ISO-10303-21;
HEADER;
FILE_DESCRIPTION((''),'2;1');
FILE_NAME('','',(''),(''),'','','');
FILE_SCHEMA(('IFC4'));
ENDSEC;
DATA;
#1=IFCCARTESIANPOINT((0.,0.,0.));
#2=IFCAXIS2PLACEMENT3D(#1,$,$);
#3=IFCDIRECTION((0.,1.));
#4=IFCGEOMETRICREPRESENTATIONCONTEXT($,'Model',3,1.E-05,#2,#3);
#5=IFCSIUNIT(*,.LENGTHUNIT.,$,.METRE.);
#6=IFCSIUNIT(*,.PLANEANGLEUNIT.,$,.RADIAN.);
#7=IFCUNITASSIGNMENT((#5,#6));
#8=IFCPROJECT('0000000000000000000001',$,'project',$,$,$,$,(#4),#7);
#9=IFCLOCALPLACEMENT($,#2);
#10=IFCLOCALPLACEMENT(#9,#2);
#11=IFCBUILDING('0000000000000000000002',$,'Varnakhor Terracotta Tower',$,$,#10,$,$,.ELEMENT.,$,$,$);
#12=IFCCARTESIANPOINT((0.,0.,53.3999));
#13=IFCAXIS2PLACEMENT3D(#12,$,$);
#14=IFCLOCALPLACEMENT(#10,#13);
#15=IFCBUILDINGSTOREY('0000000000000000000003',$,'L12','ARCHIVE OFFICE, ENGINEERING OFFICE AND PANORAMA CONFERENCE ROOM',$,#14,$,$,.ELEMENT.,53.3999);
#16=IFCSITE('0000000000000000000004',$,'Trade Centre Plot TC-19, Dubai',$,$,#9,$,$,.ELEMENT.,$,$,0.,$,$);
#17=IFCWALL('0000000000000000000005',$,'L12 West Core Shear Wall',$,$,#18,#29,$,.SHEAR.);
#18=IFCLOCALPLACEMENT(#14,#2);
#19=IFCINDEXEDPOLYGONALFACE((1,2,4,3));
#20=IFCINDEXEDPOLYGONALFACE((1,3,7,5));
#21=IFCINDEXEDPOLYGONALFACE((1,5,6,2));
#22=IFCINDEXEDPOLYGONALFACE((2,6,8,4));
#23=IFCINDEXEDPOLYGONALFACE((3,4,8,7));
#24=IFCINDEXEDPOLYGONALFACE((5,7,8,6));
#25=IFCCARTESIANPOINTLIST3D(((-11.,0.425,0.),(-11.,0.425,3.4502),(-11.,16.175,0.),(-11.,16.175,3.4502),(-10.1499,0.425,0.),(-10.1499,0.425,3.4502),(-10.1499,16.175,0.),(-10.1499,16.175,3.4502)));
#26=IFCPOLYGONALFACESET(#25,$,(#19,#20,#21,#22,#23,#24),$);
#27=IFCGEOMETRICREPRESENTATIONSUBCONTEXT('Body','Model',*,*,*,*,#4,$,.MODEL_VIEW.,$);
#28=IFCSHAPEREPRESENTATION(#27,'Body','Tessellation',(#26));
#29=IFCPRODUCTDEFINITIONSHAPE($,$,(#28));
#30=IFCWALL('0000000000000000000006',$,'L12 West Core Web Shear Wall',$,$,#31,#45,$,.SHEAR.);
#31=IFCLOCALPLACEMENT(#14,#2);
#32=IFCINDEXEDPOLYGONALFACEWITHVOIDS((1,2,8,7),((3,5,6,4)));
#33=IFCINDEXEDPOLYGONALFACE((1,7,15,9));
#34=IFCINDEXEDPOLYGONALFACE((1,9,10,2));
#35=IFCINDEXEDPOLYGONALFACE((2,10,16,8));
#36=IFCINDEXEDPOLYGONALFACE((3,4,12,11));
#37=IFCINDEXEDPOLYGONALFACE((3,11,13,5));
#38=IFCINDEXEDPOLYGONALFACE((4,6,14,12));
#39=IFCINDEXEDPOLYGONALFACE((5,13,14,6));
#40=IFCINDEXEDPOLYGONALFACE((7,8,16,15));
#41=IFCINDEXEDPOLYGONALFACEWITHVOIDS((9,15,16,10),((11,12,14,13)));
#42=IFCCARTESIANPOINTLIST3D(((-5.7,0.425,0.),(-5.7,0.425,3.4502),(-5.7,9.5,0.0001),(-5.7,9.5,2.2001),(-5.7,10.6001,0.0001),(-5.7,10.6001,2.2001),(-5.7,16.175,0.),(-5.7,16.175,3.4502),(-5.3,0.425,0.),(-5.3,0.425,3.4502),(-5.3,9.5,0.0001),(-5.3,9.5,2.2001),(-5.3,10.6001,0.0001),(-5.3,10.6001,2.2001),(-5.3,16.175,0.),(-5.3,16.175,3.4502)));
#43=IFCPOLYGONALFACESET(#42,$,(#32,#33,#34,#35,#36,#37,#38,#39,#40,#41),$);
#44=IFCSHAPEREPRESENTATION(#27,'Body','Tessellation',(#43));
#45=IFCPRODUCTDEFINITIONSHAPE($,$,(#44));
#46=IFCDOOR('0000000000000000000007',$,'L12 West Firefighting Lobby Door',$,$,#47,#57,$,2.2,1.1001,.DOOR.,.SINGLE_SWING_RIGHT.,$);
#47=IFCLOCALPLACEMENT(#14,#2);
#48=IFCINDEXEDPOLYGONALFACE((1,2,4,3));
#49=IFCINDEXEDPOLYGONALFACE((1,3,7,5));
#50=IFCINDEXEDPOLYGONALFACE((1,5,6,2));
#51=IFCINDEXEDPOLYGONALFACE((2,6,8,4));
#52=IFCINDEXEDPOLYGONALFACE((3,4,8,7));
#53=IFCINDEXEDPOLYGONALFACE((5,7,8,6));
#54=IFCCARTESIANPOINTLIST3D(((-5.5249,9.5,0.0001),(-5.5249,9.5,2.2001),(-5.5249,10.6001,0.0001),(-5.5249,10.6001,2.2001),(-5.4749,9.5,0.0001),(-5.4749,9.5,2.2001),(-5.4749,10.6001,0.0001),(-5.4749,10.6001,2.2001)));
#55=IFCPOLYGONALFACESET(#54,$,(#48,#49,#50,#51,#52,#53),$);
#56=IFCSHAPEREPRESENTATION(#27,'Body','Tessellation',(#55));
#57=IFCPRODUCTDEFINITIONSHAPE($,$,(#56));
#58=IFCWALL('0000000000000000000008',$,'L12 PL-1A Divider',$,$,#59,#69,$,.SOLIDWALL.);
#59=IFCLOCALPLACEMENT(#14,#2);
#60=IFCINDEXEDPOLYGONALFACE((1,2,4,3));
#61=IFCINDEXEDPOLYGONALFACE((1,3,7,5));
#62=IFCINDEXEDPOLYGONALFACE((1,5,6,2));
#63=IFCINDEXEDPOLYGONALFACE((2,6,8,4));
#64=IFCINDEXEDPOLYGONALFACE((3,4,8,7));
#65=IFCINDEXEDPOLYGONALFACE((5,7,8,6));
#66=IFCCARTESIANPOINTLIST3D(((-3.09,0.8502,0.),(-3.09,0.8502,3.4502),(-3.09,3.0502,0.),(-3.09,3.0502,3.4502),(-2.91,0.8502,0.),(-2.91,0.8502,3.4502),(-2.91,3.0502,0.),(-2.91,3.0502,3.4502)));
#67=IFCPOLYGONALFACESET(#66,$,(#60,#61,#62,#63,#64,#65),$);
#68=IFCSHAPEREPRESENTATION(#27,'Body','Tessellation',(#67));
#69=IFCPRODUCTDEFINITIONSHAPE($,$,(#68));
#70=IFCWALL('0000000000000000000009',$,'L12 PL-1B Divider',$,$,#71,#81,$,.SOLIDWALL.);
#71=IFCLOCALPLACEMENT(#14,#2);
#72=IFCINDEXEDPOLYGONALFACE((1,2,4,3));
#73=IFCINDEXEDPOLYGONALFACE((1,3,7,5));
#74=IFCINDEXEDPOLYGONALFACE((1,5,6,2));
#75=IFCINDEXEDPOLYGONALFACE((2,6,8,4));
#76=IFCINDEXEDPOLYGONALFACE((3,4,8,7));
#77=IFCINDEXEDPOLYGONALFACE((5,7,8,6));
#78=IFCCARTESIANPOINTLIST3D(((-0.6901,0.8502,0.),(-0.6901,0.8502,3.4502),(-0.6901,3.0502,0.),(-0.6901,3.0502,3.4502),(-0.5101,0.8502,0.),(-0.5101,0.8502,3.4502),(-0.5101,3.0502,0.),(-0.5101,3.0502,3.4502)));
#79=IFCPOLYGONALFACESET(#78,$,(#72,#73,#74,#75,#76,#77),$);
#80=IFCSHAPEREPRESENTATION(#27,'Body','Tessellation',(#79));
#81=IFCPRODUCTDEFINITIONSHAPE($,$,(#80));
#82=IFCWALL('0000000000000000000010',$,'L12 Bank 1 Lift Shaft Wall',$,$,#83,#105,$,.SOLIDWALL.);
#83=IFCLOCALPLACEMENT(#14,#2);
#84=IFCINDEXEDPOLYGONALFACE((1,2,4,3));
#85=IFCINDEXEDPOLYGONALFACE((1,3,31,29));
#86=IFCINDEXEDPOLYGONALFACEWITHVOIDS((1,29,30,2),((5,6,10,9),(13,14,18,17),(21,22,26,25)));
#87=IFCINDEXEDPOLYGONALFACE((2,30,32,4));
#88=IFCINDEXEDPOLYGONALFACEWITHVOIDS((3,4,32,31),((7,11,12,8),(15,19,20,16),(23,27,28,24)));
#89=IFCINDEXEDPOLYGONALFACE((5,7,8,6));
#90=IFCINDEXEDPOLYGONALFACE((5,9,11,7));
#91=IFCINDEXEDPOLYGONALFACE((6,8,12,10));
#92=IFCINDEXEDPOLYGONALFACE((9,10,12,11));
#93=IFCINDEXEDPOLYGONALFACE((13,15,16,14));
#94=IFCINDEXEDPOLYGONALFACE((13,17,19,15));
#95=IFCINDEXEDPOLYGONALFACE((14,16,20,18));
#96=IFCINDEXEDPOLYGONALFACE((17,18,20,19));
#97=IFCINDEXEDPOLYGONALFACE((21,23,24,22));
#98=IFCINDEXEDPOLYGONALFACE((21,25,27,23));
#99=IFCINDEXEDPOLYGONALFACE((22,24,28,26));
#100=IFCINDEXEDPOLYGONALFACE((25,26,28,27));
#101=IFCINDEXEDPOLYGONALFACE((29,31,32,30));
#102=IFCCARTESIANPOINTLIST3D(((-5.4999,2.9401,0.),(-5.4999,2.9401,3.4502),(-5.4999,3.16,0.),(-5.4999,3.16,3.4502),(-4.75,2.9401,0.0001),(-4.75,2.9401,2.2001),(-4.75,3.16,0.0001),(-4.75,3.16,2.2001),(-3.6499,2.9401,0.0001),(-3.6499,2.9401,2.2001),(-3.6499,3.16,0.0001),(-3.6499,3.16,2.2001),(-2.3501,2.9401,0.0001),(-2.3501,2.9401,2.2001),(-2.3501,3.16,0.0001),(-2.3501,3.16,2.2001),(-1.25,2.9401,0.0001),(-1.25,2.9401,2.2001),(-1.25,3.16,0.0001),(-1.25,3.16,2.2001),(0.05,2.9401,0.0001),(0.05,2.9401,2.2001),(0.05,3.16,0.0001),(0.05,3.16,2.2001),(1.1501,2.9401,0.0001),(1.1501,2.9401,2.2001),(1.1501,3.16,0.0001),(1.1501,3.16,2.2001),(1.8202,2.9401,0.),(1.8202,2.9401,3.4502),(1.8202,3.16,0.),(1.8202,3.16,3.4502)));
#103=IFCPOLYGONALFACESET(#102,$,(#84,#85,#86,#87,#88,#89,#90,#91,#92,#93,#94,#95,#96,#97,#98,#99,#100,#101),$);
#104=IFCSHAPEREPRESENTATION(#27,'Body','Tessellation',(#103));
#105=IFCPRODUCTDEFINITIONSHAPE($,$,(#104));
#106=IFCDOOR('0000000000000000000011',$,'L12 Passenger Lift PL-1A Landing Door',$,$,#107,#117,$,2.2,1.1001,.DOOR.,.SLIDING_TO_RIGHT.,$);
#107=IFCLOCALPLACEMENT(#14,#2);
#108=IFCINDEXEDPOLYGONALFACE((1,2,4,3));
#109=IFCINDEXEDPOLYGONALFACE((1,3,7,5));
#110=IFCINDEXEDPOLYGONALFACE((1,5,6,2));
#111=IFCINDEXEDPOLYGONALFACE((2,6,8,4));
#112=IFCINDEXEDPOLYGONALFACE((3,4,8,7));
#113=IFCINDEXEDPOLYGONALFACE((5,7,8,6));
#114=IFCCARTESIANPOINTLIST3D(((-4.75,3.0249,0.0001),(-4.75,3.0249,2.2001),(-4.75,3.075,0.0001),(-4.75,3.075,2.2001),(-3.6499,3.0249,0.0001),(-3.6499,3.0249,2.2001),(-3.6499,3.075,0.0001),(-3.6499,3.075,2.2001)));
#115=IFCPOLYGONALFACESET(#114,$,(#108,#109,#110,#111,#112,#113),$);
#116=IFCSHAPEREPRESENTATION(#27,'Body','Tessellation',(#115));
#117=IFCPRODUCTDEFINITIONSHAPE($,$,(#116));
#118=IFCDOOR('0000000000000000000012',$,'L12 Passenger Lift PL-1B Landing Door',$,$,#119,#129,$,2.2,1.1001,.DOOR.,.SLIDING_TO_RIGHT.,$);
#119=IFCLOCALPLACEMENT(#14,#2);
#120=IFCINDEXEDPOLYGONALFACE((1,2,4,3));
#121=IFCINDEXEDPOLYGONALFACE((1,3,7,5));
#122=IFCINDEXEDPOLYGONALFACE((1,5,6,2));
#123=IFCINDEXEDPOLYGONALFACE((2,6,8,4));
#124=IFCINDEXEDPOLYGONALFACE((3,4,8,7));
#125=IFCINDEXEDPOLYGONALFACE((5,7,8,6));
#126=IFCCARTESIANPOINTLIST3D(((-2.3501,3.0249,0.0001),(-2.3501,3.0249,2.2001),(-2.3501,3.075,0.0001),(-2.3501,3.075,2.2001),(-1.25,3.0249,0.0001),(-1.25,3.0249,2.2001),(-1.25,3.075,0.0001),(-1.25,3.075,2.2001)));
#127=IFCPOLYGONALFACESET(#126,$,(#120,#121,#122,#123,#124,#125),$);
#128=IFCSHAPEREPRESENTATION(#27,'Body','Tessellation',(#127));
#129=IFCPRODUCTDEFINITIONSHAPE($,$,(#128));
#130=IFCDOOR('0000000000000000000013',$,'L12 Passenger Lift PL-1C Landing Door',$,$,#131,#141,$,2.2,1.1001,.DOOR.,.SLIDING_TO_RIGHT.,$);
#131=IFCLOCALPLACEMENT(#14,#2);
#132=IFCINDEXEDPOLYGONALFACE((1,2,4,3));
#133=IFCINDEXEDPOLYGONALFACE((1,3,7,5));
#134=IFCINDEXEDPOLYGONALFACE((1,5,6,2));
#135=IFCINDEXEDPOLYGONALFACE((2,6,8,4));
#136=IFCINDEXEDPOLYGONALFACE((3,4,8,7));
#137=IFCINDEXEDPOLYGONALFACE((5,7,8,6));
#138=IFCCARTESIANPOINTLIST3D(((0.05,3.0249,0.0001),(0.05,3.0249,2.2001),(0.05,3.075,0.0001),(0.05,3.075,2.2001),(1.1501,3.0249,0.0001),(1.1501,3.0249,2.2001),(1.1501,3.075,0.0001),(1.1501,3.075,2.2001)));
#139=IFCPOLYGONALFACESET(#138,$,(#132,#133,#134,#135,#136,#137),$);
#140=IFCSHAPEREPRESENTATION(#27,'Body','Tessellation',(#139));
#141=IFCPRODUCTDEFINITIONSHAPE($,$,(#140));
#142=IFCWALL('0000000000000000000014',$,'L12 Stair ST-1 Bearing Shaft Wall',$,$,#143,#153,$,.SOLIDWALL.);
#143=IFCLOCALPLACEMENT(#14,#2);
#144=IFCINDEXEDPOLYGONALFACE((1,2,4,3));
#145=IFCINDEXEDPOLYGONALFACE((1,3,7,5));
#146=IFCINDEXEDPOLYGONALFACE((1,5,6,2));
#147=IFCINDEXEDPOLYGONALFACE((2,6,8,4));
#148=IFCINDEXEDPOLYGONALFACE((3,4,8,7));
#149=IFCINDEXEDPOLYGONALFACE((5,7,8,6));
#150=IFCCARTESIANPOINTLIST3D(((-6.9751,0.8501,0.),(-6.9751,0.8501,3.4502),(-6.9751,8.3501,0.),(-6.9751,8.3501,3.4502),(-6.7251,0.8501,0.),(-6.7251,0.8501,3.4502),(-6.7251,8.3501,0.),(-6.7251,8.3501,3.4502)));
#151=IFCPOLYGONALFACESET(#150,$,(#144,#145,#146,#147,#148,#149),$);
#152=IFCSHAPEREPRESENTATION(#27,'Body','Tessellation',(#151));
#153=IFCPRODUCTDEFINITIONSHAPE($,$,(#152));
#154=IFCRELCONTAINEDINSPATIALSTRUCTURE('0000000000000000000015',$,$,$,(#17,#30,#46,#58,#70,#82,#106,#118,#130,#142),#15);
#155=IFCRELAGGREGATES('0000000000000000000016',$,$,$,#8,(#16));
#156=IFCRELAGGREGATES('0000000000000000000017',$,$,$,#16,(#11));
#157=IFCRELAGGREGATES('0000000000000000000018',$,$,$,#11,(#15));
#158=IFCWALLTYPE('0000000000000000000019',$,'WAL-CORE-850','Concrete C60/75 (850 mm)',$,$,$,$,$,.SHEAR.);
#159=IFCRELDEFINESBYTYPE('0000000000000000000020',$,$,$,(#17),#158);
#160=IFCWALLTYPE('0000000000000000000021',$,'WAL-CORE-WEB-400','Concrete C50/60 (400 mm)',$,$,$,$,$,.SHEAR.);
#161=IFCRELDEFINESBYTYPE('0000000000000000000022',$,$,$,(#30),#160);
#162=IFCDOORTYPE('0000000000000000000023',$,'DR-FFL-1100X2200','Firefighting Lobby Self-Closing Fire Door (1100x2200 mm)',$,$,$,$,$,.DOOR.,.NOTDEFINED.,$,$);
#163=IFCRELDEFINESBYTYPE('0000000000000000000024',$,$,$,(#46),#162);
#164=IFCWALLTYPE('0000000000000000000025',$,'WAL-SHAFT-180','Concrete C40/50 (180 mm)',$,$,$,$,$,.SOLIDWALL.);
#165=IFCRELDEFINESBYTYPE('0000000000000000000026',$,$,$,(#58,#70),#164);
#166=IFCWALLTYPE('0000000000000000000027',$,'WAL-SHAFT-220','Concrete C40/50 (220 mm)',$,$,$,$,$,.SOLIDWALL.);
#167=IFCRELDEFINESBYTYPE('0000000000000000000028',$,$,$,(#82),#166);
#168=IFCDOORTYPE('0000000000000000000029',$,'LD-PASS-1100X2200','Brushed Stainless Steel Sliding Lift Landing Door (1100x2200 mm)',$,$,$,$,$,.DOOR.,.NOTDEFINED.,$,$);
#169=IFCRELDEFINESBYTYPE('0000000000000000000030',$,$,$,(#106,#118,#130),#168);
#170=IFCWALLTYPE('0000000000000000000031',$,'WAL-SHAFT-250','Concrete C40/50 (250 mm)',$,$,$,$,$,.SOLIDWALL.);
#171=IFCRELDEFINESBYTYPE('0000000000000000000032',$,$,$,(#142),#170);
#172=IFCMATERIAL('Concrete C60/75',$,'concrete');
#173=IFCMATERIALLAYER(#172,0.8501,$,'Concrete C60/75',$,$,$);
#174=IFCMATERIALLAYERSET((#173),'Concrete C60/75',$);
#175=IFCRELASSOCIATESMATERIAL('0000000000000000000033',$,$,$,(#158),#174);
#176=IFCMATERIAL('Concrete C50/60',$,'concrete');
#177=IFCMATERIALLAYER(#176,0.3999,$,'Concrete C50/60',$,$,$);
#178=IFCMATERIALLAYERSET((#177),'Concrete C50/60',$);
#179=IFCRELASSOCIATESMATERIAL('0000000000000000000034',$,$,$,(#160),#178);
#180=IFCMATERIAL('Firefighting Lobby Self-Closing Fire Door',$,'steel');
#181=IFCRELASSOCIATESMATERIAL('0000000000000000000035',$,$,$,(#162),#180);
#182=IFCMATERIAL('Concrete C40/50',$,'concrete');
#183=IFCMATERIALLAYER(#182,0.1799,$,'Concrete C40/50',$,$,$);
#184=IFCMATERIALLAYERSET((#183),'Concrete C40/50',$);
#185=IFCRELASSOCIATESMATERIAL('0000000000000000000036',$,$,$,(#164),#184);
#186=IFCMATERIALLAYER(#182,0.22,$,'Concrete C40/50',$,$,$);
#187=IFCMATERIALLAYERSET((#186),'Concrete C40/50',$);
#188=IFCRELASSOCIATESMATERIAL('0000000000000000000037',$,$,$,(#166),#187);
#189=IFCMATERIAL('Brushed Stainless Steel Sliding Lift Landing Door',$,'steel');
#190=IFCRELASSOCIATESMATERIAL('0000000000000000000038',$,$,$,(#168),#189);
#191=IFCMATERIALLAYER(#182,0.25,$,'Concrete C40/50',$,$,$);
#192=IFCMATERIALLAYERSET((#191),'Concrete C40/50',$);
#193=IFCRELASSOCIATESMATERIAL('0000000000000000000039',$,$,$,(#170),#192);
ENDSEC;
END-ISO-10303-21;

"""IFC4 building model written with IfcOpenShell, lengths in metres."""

from ifc_helpers import new_model, si_unit, direction, frame, frame_2d, origin, place, context, subcontext, project, spatial, rectangle, extrude, source, transform, mapped, material, layer, layer_set, type_object, type_shapes, element, fill, save


model = new_model("IFC4")

# Units and contexts
model_context = context("Model", 3, precision=1e-05, world=origin(), true_north=direction((0.0, 1.0)))
body_context = subcontext(model_context, "Body", "Model", "MODEL_VIEW")
ifc_project = project(units=[si_unit("LENGTHUNIT", "METRE"), si_unit("PLANEANGLEUNIT", "RADIAN")], contexts=[model_context])

# Site, building, storey
site_placement = place(None, origin())
site = spatial("IfcSite", under=ifc_project, at=site_placement, Name="Trade Centre Plot TC-19, Dubai", CompositionType="ELEMENT", RefElevation=0.0)
building_placement = place(site_placement, origin())
building = spatial("IfcBuilding", under=site, at=building_placement, Name="Varnakhor Terracotta Tower", CompositionType="ELEMENT")
storey_placement = place(building_placement, frame((0.0, 0.0, 53.3999)))
storey = spatial("IfcBuildingStorey", under=building, at=storey_placement, Name="L12", Description="ARCHIVE OFFICE, ENGINEERING OFFICE AND PANORAMA CONFERENCE ROOM", CompositionType="ELEMENT", Elevation=53.3999)

# Shared definitions
ifc_material_1 = material(Name="Concrete C50/60", Category="concrete")

# Wall
ifc_material_2 = material(Name="Concrete C60/75", Category="concrete")
ifc_layer_1 = layer(ifc_material_2, 0.8501, Name="Concrete C60/75")
ifc_layer_set_1 = layer_set([ifc_layer_1], Name="Concrete C60/75")
wall_type_1 = type_object("IfcWallType", Name="WAL-CORE-850", Description="Concrete C60/75 (850 mm)", PredefinedType="SHEAR", material=ifc_layer_set_1)
wall_1_placement = place(storey_placement, frame((-10.575, 0.425, 0.0), z_axis=(0.0, 0.0, 1.0), x_axis=(0.0, 1.0, 0.0)))
element("IfcWall", 1, at=wall_1_placement, inside=storey, type_object=wall_type_1, Name="L12 West Core Shear Wall", PredefinedType="SHEAR", context=body_context, shape_type="SweptSolid", body=[
    extrude(rectangle(XDim=15.75, YDim=0.8501, at=frame_2d((7.875, 0.0))), origin(), (0.0, 0.0, 1.0), 3.4502),
])

# Wall, opening, door
ifc_layer_2 = layer(ifc_material_1, 0.3999, Name="Concrete C50/60")
ifc_layer_set_2 = layer_set([ifc_layer_2], Name="Concrete C50/60")
wall_type_2 = type_object("IfcWallType", Name="WAL-CORE-WEB-400", Description="Concrete C50/60 (400 mm)", PredefinedType="SHEAR", material=ifc_layer_set_2)
wall_2_placement = place(storey_placement, frame((-5.5, 0.425, 0.0), z_axis=(0.0, 0.0, 1.0), x_axis=(0.0, 1.0, 0.0)))
wall_2 = element("IfcWall", 2, at=wall_2_placement, inside=storey, type_object=wall_type_2, Name="L12 West Core Web Shear Wall", PredefinedType="SHEAR", context=body_context, shape_type="SweptSolid", body=[
    extrude(rectangle(XDim=15.75, YDim=0.3999, at=frame_2d((7.875, 0.0))), origin(), (0.0, 0.0, 1.0), 3.4502),
])
opening_1_placement = place(wall_2_placement, frame((9.075, 0.0, 0.0)))
opening_1 = element("IfcOpeningElement", 3, at=opening_1_placement, cuts=wall_2, PredefinedType="OPENING", context=body_context, shape_type="SweptSolid", body=[
    extrude(rectangle(XDim=1.1001, YDim=2.2, at=frame_2d((0.55, 1.1001))), frame((0.0, 0.21, 0.0), z_axis=(0.0, -1.0, 0.0), x_axis=(1.0, 0.0, 0.0)), (0.0, 0.0, 1.0), 0.4199),
])
ifc_material_3 = material(Name="Firefighting Lobby Self-Closing Fire Door", Category="steel")
door_type_1 = type_object("IfcDoorType", Name="DR-FFL-1100X2200", Description="Firefighting Lobby Self-Closing Fire Door (1100x2200 mm)", OperationType="NOTDEFINED", PredefinedType="DOOR", material=ifc_material_3)
shared_shape_1 = source(origin(), body_context, "Body", "SweptSolid", [
    extrude(rectangle(XDim=1.1001, YDim=2.2, at=frame_2d((0.55, 1.1001))), frame((0.0, 0.0249, 0.0), z_axis=(0.0, -1.0, 0.0), x_axis=(1.0, 0.0, 0.0)), (0.0, 0.0, 1.0), 0.05),
])
type_shapes(door_type_1, [shared_shape_1])
door_1_placement = place(opening_1_placement, origin())
door_1 = element("IfcDoor", 4, at=door_1_placement, inside=storey, type_object=door_type_1, Name="L12 West Firefighting Lobby Door", OperationType="SINGLE_SWING_RIGHT", OverallHeight=2.2, OverallWidth=1.1001, PredefinedType="DOOR", context=body_context, shape_type="MappedRepresentation", body=[
    mapped(shared_shape_1, transform((0.0, 0.0, 0.0), scale=1.0)),
])
fill(opening_1, door_1)

# Walls
ifc_material_4 = material(Name="Concrete C40/50", Category="concrete")
ifc_layer_3 = layer(ifc_material_4, 0.1799, Name="Concrete C40/50")
ifc_layer_set_3 = layer_set([ifc_layer_3], Name="Concrete C40/50")
wall_type_3 = type_object("IfcWallType", Name="WAL-SHAFT-180", Description="Concrete C40/50 (180 mm)", PredefinedType="SOLIDWALL", material=ifc_layer_set_3)
for number, where, z_axis, x_axis, name in (
    (5, (-3.0, 0.8501, 0.0), (0.0, 0.0, 1.0), (0.0, 1.0, 0.0), "L12 PL-1A Divider"),
    (6, (-0.6001, 0.8501, 0.0), (0.0, 0.0, 1.0), (0.0, 1.0, 0.0), "L12 PL-1B Divider"),
):
    element("IfcWall", number, at=place(storey_placement, frame(where, z_axis=z_axis, x_axis=x_axis)), inside=storey, type_object=wall_type_3, Name=name, PredefinedType="SOLIDWALL", context=body_context, shape_type="SweptSolid", body=[
        extrude(rectangle(XDim=2.2, YDim=0.1799, at=frame_2d((1.1001, 0.0))), origin(), (0.0, 0.0, 1.0), 3.4502),
    ])

# Wall, openings, doors
ifc_layer_4 = layer(ifc_material_4, 0.22, Name="Concrete C40/50")
ifc_layer_set_4 = layer_set([ifc_layer_4], Name="Concrete C40/50")
wall_type_4 = type_object("IfcWallType", Name="WAL-SHAFT-220", Description="Concrete C40/50 (220 mm)", PredefinedType="SOLIDWALL", material=ifc_layer_set_4)
wall_3_placement = place(storey_placement, frame((-5.5, 3.05, 0.0), z_axis=(0.0, 0.0, 1.0), x_axis=(1.0, 0.0, 0.0)))
wall_3 = element("IfcWall", 7, at=wall_3_placement, inside=storey, type_object=wall_type_4, Name="L12 Bank 1 Lift Shaft Wall", PredefinedType="SOLIDWALL", context=body_context, shape_type="SweptSolid", body=[
    extrude(rectangle(XDim=7.3201, YDim=0.22, at=frame_2d((3.6602, 0.0))), origin(), (0.0, 0.0, 1.0), 3.4502),
])
opening_2_placement = place(wall_3_placement, frame((0.75, 0.0, 0.0)))
opening_2 = element("IfcOpeningElement", 8, at=opening_2_placement, cuts=wall_3, PredefinedType="OPENING", context=body_context, shape_type="SweptSolid", body=[
    extrude(rectangle(XDim=1.1001, YDim=2.2, at=frame_2d((0.55, 1.1001))), frame((0.0, 0.1201, 0.0), z_axis=(0.0, -1.0, 0.0), x_axis=(1.0, 0.0, 0.0)), (0.0, 0.0, 1.0), 0.24),
])
opening_3_placement = place(wall_3_placement, frame((3.1499, 0.0, 0.0)))
opening_3 = element("IfcOpeningElement", 9, at=opening_3_placement, cuts=wall_3, PredefinedType="OPENING", context=body_context, shape_type="SweptSolid", body=[
    extrude(rectangle(XDim=1.1001, YDim=2.2, at=frame_2d((0.55, 1.1001))), frame((0.0, 0.1201, 0.0), z_axis=(0.0, -1.0, 0.0), x_axis=(1.0, 0.0, 0.0)), (0.0, 0.0, 1.0), 0.24),
])
opening_4_placement = place(wall_3_placement, frame((5.55, 0.0, 0.0)))
opening_4 = element("IfcOpeningElement", 10, at=opening_4_placement, cuts=wall_3, PredefinedType="OPENING", context=body_context, shape_type="SweptSolid", body=[
    extrude(rectangle(XDim=1.1001, YDim=2.2, at=frame_2d((0.55, 1.1001))), frame((0.0, 0.1201, 0.0), z_axis=(0.0, -1.0, 0.0), x_axis=(1.0, 0.0, 0.0)), (0.0, 0.0, 1.0), 0.24),
])
ifc_material_5 = material(Name="Brushed Stainless Steel Sliding Lift Landing Door", Category="steel")
door_type_2 = type_object("IfcDoorType", Name="LD-PASS-1100X2200", Description="Brushed Stainless Steel Sliding Lift Landing Door (1100x2200 mm)", OperationType="NOTDEFINED", PredefinedType="DOOR", material=ifc_material_5)
shared_shape_2 = source(origin(), body_context, "Body", "SweptSolid", [
    extrude(rectangle(XDim=1.1001, YDim=2.2, at=frame_2d((0.55, 1.1001))), frame((0.0, 0.0249, 0.0), z_axis=(0.0, -1.0, 0.0), x_axis=(1.0, 0.0, 0.0)), (0.0, 0.0, 1.0), 0.05),
])
type_shapes(door_type_2, [shared_shape_2])
door_2_placement = place(opening_2_placement, origin())
door_2 = element("IfcDoor", 11, at=door_2_placement, inside=storey, type_object=door_type_2, Name="L12 Passenger Lift PL-1A Landing Door", OperationType="SLIDING_TO_RIGHT", OverallHeight=2.2, OverallWidth=1.1001, PredefinedType="DOOR", context=body_context, shape_type="MappedRepresentation", body=[
    mapped(shared_shape_2, transform((0.0, 0.0, 0.0), scale=1.0)),
])
fill(opening_2, door_2)
door_3_placement = place(opening_3_placement, origin())
door_3 = element("IfcDoor", 12, at=door_3_placement, inside=storey, type_object=door_type_2, Name="L12 Passenger Lift PL-1B Landing Door", OperationType="SLIDING_TO_RIGHT", OverallHeight=2.2, OverallWidth=1.1001, PredefinedType="DOOR", context=body_context, shape_type="MappedRepresentation", body=[
    mapped(shared_shape_2, transform((0.0, 0.0, 0.0), scale=1.0)),
])
fill(opening_3, door_3)
door_4_placement = place(opening_4_placement, origin())
door_4 = element("IfcDoor", 13, at=door_4_placement, inside=storey, type_object=door_type_2, Name="L12 Passenger Lift PL-1C Landing Door", OperationType="SLIDING_TO_RIGHT", OverallHeight=2.2, OverallWidth=1.1001, PredefinedType="DOOR", context=body_context, shape_type="MappedRepresentation", body=[
    mapped(shared_shape_2, transform((0.0, 0.0, 0.0), scale=1.0)),
])
fill(opening_4, door_4)

# Wall
ifc_layer_5 = layer(ifc_material_4, 0.25, Name="Concrete C40/50")
ifc_layer_set_5 = layer_set([ifc_layer_5], Name="Concrete C40/50")
wall_type_5 = type_object("IfcWallType", Name="WAL-SHAFT-250", Description="Concrete C40/50 (250 mm)", PredefinedType="SOLIDWALL", material=ifc_layer_set_5)
wall_4_placement = place(storey_placement, frame((-6.8501, 0.8501, 0.0), z_axis=(0.0, 0.0, 1.0), x_axis=(0.0, 1.0, 0.0)))
element("IfcWall", 14, at=wall_4_placement, inside=storey, type_object=wall_type_5, Name="L12 Stair ST-1 Bearing Shaft Wall", PredefinedType="SOLIDWALL", context=body_context, shape_type="SweptSolid", body=[
    extrude(rectangle(XDim=7.5, YDim=0.25, at=frame_2d((3.75, 0.0))), origin(), (0.0, 0.0, 1.0), 3.4502),
])

save(model, "model.ifc")
